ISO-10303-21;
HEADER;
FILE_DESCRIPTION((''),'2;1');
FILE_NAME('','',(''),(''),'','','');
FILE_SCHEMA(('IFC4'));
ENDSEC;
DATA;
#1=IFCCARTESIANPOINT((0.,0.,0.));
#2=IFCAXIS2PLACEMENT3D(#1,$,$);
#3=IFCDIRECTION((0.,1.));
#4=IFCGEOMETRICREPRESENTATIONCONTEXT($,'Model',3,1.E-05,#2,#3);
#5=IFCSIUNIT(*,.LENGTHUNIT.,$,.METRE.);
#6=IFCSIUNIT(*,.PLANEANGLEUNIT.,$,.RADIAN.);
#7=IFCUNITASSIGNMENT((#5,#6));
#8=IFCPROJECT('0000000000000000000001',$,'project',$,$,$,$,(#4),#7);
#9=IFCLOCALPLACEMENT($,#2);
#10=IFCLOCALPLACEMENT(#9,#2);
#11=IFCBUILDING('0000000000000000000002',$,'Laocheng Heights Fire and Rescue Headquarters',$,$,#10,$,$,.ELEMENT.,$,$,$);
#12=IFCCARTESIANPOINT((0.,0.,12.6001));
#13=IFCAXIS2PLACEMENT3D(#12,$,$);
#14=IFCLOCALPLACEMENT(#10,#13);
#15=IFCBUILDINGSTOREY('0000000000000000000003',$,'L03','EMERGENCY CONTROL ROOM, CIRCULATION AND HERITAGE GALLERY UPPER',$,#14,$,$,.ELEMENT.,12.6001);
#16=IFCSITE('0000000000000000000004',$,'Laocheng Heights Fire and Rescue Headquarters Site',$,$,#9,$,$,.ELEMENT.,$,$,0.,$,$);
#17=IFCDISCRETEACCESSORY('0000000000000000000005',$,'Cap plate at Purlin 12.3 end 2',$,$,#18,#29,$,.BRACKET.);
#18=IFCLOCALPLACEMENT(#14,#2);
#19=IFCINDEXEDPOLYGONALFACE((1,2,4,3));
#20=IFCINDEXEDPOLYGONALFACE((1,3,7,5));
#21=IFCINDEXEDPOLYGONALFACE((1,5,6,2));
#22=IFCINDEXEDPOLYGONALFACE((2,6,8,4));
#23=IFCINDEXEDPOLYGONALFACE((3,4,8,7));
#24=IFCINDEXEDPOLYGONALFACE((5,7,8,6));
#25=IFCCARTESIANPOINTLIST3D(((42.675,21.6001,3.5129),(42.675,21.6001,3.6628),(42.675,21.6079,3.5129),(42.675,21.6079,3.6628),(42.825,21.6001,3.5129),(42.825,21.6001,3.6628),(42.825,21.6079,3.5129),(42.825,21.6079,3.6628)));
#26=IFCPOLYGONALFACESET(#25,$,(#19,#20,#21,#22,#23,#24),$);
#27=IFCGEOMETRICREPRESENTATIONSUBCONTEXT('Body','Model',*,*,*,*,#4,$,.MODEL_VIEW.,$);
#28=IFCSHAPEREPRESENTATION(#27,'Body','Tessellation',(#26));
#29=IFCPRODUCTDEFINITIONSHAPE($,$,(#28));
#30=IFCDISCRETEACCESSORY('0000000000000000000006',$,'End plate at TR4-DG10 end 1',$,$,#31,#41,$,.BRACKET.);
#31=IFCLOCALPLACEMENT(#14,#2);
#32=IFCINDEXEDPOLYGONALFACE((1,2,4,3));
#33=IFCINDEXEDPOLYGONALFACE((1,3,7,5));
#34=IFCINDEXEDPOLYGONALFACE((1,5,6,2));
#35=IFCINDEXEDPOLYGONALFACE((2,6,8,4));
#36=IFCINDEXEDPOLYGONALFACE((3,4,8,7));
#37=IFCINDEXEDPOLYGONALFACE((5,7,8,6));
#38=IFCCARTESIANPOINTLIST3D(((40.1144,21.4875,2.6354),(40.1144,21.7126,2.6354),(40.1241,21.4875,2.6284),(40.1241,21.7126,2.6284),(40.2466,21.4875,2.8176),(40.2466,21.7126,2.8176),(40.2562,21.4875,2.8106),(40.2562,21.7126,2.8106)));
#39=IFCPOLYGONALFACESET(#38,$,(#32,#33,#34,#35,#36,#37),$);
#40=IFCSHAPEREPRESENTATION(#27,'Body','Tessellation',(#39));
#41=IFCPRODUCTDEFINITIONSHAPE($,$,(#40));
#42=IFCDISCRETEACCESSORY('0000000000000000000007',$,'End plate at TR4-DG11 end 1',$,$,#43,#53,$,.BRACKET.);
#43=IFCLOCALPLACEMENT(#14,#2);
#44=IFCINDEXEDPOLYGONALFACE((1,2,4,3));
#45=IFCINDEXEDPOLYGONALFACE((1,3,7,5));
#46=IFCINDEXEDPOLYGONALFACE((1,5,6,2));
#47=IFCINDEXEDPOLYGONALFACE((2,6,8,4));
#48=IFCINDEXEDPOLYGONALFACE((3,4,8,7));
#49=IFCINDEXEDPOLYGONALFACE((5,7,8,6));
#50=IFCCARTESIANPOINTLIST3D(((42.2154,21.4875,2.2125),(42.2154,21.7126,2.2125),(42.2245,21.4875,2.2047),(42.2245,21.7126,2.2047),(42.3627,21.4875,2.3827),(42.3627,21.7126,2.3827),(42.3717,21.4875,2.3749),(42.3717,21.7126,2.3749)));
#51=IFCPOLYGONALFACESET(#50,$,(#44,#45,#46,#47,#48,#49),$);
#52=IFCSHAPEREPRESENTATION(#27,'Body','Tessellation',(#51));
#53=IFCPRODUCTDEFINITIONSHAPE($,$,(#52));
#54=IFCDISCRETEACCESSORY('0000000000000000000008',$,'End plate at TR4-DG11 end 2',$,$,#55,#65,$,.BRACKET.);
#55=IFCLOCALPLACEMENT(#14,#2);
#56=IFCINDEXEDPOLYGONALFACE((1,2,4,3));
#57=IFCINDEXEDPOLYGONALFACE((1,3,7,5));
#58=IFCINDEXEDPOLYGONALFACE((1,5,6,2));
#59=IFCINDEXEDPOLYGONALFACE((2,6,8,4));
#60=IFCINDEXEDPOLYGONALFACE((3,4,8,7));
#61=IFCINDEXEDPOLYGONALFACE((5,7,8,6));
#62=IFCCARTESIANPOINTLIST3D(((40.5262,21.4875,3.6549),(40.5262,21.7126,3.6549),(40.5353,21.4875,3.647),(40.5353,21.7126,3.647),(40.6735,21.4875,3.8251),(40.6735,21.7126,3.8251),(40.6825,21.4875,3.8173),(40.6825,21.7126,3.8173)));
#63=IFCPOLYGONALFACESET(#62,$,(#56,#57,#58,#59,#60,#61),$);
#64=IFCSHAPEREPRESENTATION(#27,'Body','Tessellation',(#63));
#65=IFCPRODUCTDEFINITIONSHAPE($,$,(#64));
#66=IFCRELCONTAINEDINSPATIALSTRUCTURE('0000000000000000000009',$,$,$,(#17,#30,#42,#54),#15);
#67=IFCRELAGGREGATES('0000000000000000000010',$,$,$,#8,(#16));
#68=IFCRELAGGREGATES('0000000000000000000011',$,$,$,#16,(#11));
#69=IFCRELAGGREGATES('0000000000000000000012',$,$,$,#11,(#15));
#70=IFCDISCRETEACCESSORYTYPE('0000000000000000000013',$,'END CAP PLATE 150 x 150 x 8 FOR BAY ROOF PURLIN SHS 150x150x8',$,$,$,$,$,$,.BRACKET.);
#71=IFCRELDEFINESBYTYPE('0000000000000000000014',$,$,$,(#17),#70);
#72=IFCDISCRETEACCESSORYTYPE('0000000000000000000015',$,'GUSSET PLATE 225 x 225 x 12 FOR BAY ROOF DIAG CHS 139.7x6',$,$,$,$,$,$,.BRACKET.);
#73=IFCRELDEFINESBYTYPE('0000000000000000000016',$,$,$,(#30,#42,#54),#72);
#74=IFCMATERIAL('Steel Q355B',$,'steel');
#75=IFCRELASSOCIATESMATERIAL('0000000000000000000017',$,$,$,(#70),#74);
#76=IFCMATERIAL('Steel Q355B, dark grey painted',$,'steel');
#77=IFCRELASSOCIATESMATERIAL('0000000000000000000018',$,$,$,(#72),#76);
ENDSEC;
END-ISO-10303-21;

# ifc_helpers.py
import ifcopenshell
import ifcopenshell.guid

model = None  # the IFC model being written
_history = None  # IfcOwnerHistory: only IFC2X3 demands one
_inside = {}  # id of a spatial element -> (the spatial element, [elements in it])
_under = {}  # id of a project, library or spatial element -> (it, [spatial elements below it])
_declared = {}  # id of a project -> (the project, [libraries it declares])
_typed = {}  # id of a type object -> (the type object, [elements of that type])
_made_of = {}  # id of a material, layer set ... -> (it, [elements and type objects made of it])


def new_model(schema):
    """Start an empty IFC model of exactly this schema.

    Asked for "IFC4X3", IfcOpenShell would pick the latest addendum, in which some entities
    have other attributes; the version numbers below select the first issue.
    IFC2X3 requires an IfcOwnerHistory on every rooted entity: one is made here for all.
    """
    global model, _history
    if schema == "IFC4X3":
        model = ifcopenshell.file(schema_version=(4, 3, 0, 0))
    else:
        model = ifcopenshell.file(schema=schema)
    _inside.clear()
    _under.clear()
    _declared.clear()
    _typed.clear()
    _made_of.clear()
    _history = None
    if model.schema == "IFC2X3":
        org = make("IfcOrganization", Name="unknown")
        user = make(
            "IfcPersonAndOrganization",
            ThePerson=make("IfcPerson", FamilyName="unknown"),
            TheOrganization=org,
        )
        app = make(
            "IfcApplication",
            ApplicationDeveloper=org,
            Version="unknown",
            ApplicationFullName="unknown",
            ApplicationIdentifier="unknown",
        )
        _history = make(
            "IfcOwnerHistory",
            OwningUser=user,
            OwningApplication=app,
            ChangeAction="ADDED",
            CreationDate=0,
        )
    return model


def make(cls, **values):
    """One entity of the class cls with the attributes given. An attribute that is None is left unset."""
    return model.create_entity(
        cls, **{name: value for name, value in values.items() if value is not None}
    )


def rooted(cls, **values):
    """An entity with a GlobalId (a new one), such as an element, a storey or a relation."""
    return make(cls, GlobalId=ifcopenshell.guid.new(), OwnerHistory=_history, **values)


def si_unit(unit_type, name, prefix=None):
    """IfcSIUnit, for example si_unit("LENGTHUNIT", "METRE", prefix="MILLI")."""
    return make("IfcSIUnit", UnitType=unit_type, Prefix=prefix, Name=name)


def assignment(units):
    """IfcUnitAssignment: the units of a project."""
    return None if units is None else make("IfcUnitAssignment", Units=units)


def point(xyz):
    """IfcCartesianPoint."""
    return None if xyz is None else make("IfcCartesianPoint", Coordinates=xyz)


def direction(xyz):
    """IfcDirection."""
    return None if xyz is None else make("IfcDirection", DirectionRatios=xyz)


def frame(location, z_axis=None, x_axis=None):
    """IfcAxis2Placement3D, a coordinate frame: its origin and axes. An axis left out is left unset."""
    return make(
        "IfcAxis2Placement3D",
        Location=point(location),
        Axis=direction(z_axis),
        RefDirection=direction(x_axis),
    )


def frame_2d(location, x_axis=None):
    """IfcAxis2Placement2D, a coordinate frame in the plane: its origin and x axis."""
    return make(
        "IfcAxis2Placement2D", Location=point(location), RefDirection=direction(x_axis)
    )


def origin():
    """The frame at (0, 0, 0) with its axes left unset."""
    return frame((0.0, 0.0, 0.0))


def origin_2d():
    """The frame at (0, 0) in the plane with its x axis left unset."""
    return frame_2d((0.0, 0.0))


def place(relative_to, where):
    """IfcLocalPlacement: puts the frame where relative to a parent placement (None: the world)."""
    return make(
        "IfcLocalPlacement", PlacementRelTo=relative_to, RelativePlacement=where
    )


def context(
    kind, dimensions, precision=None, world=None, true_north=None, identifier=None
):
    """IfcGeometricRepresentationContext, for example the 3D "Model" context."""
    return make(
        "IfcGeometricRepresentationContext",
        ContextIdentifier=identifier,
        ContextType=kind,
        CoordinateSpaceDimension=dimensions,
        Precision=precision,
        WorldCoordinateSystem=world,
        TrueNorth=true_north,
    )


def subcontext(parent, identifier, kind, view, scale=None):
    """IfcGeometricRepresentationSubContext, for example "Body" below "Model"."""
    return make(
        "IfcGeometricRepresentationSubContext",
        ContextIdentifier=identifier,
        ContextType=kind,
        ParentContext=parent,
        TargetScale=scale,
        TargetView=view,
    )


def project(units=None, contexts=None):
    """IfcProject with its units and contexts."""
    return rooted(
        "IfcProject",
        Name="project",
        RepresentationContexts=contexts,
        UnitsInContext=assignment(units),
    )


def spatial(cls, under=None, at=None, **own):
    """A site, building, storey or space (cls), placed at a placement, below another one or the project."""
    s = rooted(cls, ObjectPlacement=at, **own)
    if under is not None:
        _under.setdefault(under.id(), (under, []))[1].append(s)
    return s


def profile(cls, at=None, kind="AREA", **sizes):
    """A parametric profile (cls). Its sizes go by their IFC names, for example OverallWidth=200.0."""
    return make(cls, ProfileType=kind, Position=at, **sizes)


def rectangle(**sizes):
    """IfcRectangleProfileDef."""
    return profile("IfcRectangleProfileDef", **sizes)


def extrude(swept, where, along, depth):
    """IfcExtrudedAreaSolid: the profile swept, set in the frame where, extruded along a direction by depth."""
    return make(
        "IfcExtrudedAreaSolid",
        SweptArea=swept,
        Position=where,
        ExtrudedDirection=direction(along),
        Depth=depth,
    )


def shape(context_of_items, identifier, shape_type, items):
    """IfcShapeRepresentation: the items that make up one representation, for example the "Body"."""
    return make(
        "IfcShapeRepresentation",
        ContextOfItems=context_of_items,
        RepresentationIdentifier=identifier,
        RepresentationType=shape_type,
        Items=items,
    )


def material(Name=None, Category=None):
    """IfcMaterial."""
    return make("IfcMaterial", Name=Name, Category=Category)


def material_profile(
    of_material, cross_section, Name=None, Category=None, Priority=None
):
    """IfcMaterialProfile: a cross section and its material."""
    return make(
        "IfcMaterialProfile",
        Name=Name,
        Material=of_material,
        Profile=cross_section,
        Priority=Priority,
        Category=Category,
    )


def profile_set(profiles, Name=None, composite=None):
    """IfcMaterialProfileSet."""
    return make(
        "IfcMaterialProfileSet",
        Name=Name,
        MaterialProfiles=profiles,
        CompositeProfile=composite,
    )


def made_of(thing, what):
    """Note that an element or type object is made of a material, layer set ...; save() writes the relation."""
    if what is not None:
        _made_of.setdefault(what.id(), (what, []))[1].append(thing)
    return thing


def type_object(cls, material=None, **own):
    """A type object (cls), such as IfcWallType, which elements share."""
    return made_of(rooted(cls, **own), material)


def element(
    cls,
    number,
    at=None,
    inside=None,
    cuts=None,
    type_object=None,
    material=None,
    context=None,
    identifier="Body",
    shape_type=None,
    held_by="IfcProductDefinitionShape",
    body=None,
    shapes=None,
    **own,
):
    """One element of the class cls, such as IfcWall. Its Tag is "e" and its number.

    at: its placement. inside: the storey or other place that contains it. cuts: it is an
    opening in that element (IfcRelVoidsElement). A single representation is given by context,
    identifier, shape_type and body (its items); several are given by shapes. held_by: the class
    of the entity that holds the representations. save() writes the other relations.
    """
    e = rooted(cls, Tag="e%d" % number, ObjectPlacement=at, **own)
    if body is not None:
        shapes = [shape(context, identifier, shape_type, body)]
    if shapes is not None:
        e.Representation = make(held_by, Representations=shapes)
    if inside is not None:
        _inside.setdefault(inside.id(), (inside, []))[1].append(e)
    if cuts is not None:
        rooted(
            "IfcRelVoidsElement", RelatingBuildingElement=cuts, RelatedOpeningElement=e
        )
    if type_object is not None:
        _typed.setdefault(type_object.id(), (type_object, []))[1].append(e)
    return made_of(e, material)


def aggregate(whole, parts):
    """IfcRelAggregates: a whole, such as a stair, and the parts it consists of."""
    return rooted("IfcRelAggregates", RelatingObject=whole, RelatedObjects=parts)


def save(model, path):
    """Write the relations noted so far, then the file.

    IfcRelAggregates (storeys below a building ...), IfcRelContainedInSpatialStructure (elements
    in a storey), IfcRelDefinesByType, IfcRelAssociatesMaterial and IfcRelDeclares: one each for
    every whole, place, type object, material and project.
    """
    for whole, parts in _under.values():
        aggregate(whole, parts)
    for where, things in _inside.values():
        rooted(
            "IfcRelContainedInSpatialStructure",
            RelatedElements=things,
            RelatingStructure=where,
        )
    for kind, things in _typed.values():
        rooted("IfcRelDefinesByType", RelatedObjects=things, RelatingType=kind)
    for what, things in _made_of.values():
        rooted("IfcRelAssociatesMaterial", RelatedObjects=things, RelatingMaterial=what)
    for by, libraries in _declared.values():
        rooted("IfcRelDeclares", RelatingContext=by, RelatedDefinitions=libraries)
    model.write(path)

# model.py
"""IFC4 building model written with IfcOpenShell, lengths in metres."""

from ifc_helpers import new_model, si_unit, direction, frame, origin, origin_2d, place, context, subcontext, project, spatial, rectangle, extrude, material, material_profile, profile_set, type_object, element, save


model = new_model("IFC4")

# Units and contexts
model_context = context("Model", 3, precision=1e-05, world=origin(), true_north=direction((0.0, 1.0)))
body_context = subcontext(model_context, "Body", "Model", "MODEL_VIEW")
ifc_project = project(units=[si_unit("LENGTHUNIT", "METRE"), si_unit("PLANEANGLEUNIT", "RADIAN")], contexts=[model_context])

# Site, building, storey
site_placement = place(None, origin())
site = spatial("IfcSite", under=ifc_project, at=site_placement, Name="Laocheng Heights Fire and Rescue Headquarters Site", CompositionType="ELEMENT", RefElevation=0.0)
building_placement = place(site_placement, origin())
building = spatial("IfcBuilding", under=site, at=building_placement, Name="Laocheng Heights Fire and Rescue Headquarters", CompositionType="ELEMENT")
storey_placement = place(building_placement, frame((0.0, 0.0, 12.6001)))
storey = spatial("IfcBuildingStorey", under=building, at=storey_placement, Name="L03", Description="EMERGENCY CONTROL ROOM, CIRCULATION AND HERITAGE GALLERY UPPER", CompositionType="ELEMENT", Elevation=12.6001)

# Discrete accessories
ifc_material_1 = material(Name="Steel Q355B", Category="steel")
ifc_material_profile_1 = material_profile(ifc_material_1, rectangle(XDim=0.1499, YDim=0.1499, at=origin_2d()), Name="END CAP PLATE 150 x 150 x 8 FOR BAY ROOF PURLIN SHS 150x150x8")
ifc_profile_set_1 = profile_set([ifc_material_profile_1], Name="Steel Q355B")
discrete_accessory_type_1 = type_object("IfcDiscreteAccessoryType", Name="END CAP PLATE 150 x 150 x 8 FOR BAY ROOF PURLIN SHS 150x150x8", PredefinedType="BRACKET", material=ifc_profile_set_1)
for number, where, z_axis, x_axis, name in (
    (1, (42.75, 21.6001, 3.5879), (0.0, 1.0, 0.0), (-1.0, 0.0, 0.0), "Cap plate at Purlin 12.3 end 2"),
):
    element("IfcDiscreteAccessory", number, at=place(storey_placement, frame(where, z_axis=z_axis, x_axis=x_axis)), inside=storey, type_object=discrete_accessory_type_1, Name=name, PredefinedType="BRACKET", context=body_context, shape_type="SweptSolid", body=[
        extrude(rectangle(XDim=0.1499, YDim=0.1499, at=origin_2d()), origin(), (0.0, 0.0, 1.0), 0.0078),
    ])
ifc_material_2 = material(Name="Steel Q355B, dark grey painted", Category="steel")
ifc_material_profile_2 = material_profile(ifc_material_2, rectangle(XDim=0.2251, YDim=0.2251, at=origin_2d()), Name="GUSSET PLATE 225 x 225 x 12 FOR BAY ROOF DIAG CHS 139.7x6")
ifc_profile_set_2 = profile_set([ifc_material_profile_2], Name="Steel Q355B, dark grey painted")
discrete_accessory_type_2 = type_object("IfcDiscreteAccessoryType", Name="GUSSET PLATE 225 x 225 x 12 FOR BAY ROOF DIAG CHS 139.7x6", PredefinedType="BRACKET", material=ifc_profile_set_2)
for number, where, z_axis, x_axis, name in (
    (2, (40.1902, 21.6001, 2.7195), (-0.80961, 0.0, 0.586968), (0.0, -1.0, 0.0), "End plate at TR4-DG10 end 1"),
    (3, (42.2981, 21.6001, 2.2898), (-0.756363, 0.0, 0.654152), (0.0, -1.0, 0.0), "End plate at TR4-DG11 end 1"),
    (4, (40.6089, 21.6001, 3.7322), (-0.756363, 0.0, 0.654152), (0.0, -1.0, 0.0), "End plate at TR4-DG11 end 2"),
):
    element("IfcDiscreteAccessory", number, at=place(storey_placement, frame(where, z_axis=z_axis, x_axis=x_axis)), inside=storey, type_object=discrete_accessory_type_2, Name=name, PredefinedType="BRACKET", context=body_context, shape_type="SweptSolid", body=[
        extrude(rectangle(XDim=0.2251, YDim=0.2251, at=origin_2d()), origin(), (0.0, 0.0, 1.0), 0.012),
    ])

save(model, "model.ifc")
